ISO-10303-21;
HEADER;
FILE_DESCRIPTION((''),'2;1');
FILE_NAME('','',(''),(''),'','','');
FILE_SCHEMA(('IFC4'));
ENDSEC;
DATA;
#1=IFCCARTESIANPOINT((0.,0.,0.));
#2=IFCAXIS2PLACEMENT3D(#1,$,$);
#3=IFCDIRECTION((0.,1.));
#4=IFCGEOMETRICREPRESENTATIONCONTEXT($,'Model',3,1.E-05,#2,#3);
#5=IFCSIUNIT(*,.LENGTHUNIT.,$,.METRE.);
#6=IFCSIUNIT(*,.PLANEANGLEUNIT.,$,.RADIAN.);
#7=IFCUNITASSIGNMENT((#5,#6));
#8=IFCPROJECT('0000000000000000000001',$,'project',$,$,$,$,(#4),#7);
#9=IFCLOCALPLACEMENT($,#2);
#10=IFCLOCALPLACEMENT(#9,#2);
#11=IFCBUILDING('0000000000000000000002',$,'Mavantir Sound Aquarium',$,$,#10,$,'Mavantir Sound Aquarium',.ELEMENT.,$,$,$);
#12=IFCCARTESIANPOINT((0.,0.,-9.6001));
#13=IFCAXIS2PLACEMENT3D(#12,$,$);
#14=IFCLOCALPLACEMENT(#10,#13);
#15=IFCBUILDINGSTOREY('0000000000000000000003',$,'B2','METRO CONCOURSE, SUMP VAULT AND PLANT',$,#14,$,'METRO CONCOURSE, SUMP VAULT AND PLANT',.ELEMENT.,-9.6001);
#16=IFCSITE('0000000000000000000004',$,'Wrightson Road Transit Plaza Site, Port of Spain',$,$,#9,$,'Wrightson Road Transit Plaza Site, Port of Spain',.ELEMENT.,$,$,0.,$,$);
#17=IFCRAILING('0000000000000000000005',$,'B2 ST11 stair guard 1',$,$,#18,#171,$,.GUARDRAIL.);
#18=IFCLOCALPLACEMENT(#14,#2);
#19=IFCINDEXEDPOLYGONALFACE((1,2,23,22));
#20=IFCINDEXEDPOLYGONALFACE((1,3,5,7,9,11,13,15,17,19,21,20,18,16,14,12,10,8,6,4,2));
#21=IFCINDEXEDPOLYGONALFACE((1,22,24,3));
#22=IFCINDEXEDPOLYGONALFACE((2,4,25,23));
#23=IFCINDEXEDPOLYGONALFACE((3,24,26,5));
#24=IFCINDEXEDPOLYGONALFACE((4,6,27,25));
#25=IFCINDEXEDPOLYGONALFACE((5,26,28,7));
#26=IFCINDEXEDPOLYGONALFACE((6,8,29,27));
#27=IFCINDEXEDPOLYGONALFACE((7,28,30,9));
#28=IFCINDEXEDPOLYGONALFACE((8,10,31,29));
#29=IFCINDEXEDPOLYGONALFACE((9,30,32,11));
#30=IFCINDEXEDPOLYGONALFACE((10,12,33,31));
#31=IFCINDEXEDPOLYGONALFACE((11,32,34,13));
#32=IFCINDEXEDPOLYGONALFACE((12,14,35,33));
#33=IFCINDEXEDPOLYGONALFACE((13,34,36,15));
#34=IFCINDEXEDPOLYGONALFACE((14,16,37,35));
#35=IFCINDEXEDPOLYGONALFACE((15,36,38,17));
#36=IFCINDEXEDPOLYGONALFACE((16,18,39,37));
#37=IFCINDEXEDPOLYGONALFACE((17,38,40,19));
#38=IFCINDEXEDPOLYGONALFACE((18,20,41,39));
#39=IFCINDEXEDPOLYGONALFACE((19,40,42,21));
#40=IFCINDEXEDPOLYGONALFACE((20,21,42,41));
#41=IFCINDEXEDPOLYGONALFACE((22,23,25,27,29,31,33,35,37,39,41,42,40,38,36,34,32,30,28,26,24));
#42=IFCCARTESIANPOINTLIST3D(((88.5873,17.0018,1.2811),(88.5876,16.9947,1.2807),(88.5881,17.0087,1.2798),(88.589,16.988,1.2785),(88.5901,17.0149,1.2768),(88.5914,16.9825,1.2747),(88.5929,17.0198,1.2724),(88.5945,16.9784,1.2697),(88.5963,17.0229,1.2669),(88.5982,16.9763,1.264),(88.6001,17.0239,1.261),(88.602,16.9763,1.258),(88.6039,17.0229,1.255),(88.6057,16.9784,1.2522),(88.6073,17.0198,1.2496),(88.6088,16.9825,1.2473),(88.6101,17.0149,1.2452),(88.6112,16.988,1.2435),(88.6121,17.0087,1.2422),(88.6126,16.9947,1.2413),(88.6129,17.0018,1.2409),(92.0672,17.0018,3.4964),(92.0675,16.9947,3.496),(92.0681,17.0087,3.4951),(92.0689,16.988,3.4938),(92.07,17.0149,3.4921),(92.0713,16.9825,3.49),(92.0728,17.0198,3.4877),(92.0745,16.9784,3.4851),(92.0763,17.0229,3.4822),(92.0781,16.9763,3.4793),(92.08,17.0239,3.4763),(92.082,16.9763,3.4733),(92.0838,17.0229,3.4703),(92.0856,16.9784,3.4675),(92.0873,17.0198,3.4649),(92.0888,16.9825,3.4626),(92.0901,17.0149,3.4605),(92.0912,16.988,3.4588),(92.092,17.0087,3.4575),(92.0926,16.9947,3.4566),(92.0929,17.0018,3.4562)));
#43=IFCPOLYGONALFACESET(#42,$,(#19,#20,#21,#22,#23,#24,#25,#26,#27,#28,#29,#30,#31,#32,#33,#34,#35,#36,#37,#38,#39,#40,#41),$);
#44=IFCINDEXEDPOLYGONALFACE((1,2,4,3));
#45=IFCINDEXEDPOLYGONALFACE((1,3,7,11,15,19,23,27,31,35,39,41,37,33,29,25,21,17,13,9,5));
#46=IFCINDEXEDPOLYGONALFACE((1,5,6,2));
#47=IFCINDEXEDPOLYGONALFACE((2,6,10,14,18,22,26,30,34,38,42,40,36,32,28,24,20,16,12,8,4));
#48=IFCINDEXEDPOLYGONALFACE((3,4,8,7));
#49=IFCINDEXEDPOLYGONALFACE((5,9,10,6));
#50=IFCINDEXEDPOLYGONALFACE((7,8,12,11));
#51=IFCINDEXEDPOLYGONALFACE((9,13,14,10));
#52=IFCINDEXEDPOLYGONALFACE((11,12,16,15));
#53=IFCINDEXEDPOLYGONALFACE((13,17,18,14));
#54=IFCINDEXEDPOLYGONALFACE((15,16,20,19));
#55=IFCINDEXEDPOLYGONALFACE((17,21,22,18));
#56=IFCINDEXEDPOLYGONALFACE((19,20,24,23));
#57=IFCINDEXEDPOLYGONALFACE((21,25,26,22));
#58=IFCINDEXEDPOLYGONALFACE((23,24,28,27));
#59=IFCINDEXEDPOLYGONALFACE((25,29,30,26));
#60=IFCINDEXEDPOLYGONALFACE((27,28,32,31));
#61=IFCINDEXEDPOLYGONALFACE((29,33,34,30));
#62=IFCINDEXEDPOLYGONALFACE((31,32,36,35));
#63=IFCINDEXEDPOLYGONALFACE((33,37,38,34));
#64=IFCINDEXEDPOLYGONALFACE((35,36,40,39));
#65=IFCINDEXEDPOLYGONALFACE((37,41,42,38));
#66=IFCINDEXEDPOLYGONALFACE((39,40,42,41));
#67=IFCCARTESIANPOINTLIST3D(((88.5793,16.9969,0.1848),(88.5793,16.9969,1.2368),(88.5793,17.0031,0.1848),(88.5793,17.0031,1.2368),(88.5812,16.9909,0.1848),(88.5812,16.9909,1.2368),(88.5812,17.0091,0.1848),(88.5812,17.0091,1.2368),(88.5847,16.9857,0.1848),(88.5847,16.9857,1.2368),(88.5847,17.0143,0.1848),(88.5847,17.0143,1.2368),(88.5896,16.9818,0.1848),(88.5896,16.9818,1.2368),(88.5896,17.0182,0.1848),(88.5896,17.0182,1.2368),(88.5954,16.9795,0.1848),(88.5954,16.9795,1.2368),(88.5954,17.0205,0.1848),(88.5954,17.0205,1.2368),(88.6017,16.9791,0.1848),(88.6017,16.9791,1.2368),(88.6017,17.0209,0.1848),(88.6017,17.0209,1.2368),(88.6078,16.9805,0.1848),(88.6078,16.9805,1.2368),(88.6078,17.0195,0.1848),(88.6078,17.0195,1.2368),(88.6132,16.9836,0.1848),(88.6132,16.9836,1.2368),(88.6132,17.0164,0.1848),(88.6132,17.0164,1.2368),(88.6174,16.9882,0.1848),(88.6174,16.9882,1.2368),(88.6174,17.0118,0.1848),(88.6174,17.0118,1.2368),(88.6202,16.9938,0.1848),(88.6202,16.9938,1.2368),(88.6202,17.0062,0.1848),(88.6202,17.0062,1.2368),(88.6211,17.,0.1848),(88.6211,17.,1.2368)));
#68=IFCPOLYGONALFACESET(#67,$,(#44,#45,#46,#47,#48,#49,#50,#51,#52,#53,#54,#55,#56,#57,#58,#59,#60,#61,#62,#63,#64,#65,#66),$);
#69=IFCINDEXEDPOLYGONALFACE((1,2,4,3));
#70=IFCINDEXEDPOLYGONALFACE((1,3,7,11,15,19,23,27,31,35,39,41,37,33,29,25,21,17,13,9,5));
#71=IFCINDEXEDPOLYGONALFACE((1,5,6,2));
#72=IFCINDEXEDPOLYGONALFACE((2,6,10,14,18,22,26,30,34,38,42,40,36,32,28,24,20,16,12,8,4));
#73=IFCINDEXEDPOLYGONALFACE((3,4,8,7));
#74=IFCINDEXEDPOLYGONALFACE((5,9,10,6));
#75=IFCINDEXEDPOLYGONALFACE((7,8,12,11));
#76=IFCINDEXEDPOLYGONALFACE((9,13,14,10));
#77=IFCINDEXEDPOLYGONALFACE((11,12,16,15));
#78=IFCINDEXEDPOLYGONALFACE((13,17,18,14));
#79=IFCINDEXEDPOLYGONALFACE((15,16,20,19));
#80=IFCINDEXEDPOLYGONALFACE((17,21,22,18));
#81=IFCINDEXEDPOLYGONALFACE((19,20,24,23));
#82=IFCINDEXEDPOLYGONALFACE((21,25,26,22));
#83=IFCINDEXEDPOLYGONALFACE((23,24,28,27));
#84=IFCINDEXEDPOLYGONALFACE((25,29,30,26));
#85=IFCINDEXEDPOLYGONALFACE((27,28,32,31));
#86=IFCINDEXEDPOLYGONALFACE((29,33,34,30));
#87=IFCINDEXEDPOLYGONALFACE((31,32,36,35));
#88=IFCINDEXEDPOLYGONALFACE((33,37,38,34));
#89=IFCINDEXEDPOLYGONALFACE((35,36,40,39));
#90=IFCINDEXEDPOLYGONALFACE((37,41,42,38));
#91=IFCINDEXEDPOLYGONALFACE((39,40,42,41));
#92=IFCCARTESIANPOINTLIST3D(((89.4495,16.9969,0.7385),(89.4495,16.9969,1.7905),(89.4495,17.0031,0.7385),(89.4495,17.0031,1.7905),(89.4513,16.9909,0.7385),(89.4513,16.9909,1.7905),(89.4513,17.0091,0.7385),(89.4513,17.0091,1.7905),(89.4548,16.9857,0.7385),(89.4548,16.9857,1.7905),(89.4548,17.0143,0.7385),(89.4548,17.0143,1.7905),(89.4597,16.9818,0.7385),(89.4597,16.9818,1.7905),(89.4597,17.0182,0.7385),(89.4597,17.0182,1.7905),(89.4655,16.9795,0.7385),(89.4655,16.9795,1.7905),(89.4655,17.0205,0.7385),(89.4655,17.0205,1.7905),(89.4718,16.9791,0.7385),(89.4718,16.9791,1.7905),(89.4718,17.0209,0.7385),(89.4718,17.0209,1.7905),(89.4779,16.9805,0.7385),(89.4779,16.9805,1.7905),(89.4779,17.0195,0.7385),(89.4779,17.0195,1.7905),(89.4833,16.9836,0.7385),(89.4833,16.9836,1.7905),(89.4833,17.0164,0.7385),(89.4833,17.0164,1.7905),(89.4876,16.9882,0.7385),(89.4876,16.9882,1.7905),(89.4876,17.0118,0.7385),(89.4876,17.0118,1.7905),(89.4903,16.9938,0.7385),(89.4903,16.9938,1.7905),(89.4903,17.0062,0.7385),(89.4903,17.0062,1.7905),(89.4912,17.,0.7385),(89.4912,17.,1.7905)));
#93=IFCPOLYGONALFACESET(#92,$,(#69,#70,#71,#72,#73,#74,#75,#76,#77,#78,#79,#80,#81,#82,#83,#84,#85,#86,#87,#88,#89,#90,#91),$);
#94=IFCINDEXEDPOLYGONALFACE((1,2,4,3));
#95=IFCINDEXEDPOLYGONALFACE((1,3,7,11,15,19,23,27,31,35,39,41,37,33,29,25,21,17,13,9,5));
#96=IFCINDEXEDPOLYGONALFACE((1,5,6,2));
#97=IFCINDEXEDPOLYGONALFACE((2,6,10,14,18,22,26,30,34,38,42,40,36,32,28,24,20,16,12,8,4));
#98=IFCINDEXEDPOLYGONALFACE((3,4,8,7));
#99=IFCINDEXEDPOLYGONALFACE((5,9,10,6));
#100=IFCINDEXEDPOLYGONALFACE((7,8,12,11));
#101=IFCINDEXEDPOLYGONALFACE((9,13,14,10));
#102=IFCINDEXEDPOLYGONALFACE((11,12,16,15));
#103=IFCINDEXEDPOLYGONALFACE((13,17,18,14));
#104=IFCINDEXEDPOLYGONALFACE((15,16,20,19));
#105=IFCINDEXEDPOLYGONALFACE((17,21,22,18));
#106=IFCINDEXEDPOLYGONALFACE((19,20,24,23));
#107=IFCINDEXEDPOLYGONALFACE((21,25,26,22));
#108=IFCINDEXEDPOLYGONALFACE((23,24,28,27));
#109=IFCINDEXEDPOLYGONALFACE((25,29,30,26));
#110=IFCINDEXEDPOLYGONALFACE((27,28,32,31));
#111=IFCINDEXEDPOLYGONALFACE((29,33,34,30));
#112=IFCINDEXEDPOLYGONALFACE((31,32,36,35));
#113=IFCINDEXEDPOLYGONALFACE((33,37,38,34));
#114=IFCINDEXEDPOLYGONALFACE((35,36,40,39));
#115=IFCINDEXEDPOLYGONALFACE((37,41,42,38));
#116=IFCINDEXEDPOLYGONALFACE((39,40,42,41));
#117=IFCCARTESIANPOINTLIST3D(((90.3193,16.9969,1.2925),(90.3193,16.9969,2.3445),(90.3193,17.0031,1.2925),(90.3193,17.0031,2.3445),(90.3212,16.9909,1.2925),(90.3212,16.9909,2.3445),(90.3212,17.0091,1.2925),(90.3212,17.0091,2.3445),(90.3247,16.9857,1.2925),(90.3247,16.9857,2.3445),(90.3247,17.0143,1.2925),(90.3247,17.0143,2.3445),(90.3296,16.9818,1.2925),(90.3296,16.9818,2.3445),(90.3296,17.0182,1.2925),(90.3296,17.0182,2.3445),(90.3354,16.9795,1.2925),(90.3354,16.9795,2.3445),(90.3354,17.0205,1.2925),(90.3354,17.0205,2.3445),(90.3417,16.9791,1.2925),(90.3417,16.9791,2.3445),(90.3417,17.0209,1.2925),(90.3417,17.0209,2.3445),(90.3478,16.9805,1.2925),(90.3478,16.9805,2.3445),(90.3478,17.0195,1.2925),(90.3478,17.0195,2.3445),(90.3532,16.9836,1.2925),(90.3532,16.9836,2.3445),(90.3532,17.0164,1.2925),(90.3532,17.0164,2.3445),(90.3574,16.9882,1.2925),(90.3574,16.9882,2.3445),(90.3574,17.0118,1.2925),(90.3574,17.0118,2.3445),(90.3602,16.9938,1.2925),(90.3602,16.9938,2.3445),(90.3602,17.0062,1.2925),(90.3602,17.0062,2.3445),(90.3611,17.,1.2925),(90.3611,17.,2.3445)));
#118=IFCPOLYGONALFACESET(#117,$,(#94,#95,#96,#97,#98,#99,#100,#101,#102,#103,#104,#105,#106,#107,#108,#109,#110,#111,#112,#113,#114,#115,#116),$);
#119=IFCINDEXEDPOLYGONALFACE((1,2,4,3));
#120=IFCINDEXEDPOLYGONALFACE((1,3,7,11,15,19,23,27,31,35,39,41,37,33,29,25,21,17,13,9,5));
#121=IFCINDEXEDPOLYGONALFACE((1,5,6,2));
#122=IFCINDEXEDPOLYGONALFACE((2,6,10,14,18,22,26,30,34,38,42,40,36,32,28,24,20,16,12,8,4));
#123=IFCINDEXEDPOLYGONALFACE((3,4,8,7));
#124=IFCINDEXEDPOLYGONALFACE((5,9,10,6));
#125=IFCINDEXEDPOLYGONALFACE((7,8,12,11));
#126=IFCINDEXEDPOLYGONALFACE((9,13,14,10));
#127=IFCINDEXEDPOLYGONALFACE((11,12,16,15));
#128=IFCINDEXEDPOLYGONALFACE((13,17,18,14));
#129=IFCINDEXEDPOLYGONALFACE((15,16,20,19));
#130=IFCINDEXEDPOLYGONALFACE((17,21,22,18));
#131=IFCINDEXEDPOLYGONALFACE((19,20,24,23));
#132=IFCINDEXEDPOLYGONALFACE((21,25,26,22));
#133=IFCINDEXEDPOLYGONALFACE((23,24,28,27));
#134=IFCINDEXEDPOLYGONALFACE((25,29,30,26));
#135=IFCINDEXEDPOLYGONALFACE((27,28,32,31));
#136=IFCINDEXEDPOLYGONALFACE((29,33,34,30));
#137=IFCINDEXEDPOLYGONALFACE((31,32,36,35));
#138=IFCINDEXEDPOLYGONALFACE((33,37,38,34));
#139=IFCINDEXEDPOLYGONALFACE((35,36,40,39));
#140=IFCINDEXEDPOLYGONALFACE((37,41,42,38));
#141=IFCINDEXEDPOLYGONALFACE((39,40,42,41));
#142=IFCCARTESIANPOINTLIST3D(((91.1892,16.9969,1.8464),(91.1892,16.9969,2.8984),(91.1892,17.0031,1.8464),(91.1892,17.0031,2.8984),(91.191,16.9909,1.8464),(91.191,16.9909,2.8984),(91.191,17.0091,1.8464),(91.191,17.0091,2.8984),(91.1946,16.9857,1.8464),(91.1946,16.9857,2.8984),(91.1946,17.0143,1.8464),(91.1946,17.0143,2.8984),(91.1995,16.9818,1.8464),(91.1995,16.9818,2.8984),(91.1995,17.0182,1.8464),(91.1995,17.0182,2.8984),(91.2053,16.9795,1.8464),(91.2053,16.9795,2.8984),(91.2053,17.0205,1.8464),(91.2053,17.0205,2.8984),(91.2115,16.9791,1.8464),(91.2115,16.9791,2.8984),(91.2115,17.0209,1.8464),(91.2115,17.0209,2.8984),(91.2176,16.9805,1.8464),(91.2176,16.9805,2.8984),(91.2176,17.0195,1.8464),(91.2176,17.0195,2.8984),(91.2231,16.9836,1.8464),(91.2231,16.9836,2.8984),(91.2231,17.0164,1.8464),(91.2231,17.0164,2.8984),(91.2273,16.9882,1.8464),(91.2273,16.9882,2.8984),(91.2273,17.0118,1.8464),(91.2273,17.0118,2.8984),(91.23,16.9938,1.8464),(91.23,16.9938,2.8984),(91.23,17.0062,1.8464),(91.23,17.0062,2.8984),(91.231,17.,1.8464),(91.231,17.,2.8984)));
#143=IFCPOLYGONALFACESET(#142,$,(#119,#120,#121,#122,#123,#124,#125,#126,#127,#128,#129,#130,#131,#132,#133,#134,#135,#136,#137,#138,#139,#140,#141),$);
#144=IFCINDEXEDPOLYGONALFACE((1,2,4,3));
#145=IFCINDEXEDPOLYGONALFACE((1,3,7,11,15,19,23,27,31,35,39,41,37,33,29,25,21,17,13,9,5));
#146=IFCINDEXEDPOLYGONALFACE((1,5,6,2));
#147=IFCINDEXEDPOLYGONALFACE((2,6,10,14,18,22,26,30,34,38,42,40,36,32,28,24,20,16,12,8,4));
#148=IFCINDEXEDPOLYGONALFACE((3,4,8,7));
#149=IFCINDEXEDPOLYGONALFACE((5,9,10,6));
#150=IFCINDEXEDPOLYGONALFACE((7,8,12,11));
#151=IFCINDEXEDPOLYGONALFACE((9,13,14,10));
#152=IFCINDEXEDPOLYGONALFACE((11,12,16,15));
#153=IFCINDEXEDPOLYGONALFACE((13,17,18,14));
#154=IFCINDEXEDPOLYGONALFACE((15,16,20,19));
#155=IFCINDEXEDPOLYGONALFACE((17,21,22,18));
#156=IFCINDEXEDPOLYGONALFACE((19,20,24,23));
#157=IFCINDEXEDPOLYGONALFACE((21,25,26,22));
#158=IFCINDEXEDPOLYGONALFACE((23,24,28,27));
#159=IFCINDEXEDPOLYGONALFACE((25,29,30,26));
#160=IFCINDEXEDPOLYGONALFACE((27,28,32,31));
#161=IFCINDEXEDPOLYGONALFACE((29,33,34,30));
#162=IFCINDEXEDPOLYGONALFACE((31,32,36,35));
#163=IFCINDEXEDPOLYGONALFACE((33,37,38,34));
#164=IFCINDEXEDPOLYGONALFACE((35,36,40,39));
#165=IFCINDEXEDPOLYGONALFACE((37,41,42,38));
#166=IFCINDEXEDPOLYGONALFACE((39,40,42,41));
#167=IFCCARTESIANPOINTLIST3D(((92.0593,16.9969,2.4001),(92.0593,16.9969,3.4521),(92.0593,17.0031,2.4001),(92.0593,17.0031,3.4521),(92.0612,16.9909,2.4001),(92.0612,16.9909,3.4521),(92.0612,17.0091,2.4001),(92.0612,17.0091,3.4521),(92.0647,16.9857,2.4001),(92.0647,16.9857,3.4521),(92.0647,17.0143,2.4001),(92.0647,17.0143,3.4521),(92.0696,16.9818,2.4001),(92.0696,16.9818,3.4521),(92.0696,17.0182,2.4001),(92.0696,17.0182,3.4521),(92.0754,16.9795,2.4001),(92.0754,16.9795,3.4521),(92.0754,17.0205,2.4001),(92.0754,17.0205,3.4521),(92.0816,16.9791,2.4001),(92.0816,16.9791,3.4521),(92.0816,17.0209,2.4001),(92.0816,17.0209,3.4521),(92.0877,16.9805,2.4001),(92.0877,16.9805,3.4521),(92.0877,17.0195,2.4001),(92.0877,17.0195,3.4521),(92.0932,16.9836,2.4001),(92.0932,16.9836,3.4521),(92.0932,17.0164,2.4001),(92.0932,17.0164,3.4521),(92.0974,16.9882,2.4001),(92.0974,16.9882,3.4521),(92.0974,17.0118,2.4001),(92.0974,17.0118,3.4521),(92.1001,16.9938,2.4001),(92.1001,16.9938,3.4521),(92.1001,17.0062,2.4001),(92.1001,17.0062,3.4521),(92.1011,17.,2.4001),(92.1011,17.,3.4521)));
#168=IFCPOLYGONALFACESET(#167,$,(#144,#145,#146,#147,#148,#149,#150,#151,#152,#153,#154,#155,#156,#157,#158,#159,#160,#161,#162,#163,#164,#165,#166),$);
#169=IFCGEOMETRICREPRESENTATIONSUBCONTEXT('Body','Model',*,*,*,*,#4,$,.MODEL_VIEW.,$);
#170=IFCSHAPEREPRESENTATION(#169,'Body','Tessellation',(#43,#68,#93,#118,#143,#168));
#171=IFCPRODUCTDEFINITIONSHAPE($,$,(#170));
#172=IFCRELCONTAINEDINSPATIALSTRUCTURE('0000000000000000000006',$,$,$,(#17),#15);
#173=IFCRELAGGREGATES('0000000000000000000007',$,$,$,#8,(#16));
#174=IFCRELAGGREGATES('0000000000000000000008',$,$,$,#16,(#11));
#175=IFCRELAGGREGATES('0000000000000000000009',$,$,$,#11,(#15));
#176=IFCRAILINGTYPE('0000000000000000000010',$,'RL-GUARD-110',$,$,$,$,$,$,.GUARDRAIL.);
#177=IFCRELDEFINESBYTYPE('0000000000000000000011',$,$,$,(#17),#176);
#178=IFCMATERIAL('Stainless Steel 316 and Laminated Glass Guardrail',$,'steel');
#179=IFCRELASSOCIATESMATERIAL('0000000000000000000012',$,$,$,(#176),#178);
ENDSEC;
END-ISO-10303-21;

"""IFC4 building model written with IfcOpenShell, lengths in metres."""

from ifc_helpers import new_model, si_unit, direction, frame, origin, origin_2d, place, context, subcontext, project, spatial, circle, extrude, material, type_object, element, save


model = new_model("IFC4")

# Units and contexts
model_context = context("Model", 3, precision=1e-05, world=origin(), true_north=direction((0.0, 1.0)))
body_context = subcontext(model_context, "Body", "Model", "MODEL_VIEW")
ifc_project = project(units=[si_unit("LENGTHUNIT", "METRE"), si_unit("PLANEANGLEUNIT", "RADIAN")], contexts=[model_context])

# Site, building, storey
site_placement = place(None, origin())
site = spatial("IfcSite", under=ifc_project, at=site_placement, Name="Wrightson Road Transit Plaza Site, Port of Spain", LongName="Wrightson Road Transit Plaza Site, Port of Spain", CompositionType="ELEMENT", RefElevation=0.0)
building_placement = place(site_placement, origin())
building = spatial("IfcBuilding", under=site, at=building_placement, Name="Mavantir Sound Aquarium", LongName="Mavantir Sound Aquarium", CompositionType="ELEMENT")
storey_placement = place(building_placement, frame((0.0, 0.0, -9.6001)))
storey = spatial("IfcBuildingStorey", under=building, at=storey_placement, Name="B2", Description="METRO CONCOURSE, SUMP VAULT AND PLANT", LongName="METRO CONCOURSE, SUMP VAULT AND PLANT", CompositionType="ELEMENT", Elevation=-9.6001)

# Railing
ifc_material_1 = material(Name="Stainless Steel 316 and Laminated Glass Guardrail", Category="steel")
railing_type_1 = type_object("IfcRailingType", Name="RL-GUARD-110", PredefinedType="GUARDRAIL", material=ifc_material_1)
railing_1_placement = place(storey_placement, frame((88.6001, 17.0, 0.1848)))
element("IfcRailing", 1, at=railing_1_placement, inside=storey, type_object=railing_type_1, Name="B2 ST11 stair guard 1", PredefinedType="GUARDRAIL", context=body_context, shape_type="SweptSolid", body=[
    extrude(circle(Radius=0.0239, at=origin_2d()), frame((0.0, 0.0, 1.0762), z_axis=(0.843574, 0.0, 0.537013), x_axis=(0.0, 1.0, 0.0)), (0.0, 0.0, 1.0), 4.1252),
    extrude(circle(Radius=0.021, at=origin_2d()), origin(), (0.0, 0.0, 1.0), 1.052),
    extrude(circle(Radius=0.021, at=origin_2d()), frame((0.8701, 0.0, 0.5537)), (0.0, 0.0, 1.0), 1.052),
    extrude(circle(Radius=0.021, at=origin_2d()), frame((1.74, 0.0, 1.1077)), (0.0, 0.0, 1.0), 1.052),
    extrude(circle(Radius=0.021, at=origin_2d()), frame((2.6099, 0.0, 1.6616)), (0.0, 0.0, 1.0), 1.052),
    extrude(circle(Radius=0.021, at=origin_2d()), frame((3.48, 0.0, 2.2153)), (0.0, 0.0, 1.0), 1.052),
])

save(model, "model.ifc")
